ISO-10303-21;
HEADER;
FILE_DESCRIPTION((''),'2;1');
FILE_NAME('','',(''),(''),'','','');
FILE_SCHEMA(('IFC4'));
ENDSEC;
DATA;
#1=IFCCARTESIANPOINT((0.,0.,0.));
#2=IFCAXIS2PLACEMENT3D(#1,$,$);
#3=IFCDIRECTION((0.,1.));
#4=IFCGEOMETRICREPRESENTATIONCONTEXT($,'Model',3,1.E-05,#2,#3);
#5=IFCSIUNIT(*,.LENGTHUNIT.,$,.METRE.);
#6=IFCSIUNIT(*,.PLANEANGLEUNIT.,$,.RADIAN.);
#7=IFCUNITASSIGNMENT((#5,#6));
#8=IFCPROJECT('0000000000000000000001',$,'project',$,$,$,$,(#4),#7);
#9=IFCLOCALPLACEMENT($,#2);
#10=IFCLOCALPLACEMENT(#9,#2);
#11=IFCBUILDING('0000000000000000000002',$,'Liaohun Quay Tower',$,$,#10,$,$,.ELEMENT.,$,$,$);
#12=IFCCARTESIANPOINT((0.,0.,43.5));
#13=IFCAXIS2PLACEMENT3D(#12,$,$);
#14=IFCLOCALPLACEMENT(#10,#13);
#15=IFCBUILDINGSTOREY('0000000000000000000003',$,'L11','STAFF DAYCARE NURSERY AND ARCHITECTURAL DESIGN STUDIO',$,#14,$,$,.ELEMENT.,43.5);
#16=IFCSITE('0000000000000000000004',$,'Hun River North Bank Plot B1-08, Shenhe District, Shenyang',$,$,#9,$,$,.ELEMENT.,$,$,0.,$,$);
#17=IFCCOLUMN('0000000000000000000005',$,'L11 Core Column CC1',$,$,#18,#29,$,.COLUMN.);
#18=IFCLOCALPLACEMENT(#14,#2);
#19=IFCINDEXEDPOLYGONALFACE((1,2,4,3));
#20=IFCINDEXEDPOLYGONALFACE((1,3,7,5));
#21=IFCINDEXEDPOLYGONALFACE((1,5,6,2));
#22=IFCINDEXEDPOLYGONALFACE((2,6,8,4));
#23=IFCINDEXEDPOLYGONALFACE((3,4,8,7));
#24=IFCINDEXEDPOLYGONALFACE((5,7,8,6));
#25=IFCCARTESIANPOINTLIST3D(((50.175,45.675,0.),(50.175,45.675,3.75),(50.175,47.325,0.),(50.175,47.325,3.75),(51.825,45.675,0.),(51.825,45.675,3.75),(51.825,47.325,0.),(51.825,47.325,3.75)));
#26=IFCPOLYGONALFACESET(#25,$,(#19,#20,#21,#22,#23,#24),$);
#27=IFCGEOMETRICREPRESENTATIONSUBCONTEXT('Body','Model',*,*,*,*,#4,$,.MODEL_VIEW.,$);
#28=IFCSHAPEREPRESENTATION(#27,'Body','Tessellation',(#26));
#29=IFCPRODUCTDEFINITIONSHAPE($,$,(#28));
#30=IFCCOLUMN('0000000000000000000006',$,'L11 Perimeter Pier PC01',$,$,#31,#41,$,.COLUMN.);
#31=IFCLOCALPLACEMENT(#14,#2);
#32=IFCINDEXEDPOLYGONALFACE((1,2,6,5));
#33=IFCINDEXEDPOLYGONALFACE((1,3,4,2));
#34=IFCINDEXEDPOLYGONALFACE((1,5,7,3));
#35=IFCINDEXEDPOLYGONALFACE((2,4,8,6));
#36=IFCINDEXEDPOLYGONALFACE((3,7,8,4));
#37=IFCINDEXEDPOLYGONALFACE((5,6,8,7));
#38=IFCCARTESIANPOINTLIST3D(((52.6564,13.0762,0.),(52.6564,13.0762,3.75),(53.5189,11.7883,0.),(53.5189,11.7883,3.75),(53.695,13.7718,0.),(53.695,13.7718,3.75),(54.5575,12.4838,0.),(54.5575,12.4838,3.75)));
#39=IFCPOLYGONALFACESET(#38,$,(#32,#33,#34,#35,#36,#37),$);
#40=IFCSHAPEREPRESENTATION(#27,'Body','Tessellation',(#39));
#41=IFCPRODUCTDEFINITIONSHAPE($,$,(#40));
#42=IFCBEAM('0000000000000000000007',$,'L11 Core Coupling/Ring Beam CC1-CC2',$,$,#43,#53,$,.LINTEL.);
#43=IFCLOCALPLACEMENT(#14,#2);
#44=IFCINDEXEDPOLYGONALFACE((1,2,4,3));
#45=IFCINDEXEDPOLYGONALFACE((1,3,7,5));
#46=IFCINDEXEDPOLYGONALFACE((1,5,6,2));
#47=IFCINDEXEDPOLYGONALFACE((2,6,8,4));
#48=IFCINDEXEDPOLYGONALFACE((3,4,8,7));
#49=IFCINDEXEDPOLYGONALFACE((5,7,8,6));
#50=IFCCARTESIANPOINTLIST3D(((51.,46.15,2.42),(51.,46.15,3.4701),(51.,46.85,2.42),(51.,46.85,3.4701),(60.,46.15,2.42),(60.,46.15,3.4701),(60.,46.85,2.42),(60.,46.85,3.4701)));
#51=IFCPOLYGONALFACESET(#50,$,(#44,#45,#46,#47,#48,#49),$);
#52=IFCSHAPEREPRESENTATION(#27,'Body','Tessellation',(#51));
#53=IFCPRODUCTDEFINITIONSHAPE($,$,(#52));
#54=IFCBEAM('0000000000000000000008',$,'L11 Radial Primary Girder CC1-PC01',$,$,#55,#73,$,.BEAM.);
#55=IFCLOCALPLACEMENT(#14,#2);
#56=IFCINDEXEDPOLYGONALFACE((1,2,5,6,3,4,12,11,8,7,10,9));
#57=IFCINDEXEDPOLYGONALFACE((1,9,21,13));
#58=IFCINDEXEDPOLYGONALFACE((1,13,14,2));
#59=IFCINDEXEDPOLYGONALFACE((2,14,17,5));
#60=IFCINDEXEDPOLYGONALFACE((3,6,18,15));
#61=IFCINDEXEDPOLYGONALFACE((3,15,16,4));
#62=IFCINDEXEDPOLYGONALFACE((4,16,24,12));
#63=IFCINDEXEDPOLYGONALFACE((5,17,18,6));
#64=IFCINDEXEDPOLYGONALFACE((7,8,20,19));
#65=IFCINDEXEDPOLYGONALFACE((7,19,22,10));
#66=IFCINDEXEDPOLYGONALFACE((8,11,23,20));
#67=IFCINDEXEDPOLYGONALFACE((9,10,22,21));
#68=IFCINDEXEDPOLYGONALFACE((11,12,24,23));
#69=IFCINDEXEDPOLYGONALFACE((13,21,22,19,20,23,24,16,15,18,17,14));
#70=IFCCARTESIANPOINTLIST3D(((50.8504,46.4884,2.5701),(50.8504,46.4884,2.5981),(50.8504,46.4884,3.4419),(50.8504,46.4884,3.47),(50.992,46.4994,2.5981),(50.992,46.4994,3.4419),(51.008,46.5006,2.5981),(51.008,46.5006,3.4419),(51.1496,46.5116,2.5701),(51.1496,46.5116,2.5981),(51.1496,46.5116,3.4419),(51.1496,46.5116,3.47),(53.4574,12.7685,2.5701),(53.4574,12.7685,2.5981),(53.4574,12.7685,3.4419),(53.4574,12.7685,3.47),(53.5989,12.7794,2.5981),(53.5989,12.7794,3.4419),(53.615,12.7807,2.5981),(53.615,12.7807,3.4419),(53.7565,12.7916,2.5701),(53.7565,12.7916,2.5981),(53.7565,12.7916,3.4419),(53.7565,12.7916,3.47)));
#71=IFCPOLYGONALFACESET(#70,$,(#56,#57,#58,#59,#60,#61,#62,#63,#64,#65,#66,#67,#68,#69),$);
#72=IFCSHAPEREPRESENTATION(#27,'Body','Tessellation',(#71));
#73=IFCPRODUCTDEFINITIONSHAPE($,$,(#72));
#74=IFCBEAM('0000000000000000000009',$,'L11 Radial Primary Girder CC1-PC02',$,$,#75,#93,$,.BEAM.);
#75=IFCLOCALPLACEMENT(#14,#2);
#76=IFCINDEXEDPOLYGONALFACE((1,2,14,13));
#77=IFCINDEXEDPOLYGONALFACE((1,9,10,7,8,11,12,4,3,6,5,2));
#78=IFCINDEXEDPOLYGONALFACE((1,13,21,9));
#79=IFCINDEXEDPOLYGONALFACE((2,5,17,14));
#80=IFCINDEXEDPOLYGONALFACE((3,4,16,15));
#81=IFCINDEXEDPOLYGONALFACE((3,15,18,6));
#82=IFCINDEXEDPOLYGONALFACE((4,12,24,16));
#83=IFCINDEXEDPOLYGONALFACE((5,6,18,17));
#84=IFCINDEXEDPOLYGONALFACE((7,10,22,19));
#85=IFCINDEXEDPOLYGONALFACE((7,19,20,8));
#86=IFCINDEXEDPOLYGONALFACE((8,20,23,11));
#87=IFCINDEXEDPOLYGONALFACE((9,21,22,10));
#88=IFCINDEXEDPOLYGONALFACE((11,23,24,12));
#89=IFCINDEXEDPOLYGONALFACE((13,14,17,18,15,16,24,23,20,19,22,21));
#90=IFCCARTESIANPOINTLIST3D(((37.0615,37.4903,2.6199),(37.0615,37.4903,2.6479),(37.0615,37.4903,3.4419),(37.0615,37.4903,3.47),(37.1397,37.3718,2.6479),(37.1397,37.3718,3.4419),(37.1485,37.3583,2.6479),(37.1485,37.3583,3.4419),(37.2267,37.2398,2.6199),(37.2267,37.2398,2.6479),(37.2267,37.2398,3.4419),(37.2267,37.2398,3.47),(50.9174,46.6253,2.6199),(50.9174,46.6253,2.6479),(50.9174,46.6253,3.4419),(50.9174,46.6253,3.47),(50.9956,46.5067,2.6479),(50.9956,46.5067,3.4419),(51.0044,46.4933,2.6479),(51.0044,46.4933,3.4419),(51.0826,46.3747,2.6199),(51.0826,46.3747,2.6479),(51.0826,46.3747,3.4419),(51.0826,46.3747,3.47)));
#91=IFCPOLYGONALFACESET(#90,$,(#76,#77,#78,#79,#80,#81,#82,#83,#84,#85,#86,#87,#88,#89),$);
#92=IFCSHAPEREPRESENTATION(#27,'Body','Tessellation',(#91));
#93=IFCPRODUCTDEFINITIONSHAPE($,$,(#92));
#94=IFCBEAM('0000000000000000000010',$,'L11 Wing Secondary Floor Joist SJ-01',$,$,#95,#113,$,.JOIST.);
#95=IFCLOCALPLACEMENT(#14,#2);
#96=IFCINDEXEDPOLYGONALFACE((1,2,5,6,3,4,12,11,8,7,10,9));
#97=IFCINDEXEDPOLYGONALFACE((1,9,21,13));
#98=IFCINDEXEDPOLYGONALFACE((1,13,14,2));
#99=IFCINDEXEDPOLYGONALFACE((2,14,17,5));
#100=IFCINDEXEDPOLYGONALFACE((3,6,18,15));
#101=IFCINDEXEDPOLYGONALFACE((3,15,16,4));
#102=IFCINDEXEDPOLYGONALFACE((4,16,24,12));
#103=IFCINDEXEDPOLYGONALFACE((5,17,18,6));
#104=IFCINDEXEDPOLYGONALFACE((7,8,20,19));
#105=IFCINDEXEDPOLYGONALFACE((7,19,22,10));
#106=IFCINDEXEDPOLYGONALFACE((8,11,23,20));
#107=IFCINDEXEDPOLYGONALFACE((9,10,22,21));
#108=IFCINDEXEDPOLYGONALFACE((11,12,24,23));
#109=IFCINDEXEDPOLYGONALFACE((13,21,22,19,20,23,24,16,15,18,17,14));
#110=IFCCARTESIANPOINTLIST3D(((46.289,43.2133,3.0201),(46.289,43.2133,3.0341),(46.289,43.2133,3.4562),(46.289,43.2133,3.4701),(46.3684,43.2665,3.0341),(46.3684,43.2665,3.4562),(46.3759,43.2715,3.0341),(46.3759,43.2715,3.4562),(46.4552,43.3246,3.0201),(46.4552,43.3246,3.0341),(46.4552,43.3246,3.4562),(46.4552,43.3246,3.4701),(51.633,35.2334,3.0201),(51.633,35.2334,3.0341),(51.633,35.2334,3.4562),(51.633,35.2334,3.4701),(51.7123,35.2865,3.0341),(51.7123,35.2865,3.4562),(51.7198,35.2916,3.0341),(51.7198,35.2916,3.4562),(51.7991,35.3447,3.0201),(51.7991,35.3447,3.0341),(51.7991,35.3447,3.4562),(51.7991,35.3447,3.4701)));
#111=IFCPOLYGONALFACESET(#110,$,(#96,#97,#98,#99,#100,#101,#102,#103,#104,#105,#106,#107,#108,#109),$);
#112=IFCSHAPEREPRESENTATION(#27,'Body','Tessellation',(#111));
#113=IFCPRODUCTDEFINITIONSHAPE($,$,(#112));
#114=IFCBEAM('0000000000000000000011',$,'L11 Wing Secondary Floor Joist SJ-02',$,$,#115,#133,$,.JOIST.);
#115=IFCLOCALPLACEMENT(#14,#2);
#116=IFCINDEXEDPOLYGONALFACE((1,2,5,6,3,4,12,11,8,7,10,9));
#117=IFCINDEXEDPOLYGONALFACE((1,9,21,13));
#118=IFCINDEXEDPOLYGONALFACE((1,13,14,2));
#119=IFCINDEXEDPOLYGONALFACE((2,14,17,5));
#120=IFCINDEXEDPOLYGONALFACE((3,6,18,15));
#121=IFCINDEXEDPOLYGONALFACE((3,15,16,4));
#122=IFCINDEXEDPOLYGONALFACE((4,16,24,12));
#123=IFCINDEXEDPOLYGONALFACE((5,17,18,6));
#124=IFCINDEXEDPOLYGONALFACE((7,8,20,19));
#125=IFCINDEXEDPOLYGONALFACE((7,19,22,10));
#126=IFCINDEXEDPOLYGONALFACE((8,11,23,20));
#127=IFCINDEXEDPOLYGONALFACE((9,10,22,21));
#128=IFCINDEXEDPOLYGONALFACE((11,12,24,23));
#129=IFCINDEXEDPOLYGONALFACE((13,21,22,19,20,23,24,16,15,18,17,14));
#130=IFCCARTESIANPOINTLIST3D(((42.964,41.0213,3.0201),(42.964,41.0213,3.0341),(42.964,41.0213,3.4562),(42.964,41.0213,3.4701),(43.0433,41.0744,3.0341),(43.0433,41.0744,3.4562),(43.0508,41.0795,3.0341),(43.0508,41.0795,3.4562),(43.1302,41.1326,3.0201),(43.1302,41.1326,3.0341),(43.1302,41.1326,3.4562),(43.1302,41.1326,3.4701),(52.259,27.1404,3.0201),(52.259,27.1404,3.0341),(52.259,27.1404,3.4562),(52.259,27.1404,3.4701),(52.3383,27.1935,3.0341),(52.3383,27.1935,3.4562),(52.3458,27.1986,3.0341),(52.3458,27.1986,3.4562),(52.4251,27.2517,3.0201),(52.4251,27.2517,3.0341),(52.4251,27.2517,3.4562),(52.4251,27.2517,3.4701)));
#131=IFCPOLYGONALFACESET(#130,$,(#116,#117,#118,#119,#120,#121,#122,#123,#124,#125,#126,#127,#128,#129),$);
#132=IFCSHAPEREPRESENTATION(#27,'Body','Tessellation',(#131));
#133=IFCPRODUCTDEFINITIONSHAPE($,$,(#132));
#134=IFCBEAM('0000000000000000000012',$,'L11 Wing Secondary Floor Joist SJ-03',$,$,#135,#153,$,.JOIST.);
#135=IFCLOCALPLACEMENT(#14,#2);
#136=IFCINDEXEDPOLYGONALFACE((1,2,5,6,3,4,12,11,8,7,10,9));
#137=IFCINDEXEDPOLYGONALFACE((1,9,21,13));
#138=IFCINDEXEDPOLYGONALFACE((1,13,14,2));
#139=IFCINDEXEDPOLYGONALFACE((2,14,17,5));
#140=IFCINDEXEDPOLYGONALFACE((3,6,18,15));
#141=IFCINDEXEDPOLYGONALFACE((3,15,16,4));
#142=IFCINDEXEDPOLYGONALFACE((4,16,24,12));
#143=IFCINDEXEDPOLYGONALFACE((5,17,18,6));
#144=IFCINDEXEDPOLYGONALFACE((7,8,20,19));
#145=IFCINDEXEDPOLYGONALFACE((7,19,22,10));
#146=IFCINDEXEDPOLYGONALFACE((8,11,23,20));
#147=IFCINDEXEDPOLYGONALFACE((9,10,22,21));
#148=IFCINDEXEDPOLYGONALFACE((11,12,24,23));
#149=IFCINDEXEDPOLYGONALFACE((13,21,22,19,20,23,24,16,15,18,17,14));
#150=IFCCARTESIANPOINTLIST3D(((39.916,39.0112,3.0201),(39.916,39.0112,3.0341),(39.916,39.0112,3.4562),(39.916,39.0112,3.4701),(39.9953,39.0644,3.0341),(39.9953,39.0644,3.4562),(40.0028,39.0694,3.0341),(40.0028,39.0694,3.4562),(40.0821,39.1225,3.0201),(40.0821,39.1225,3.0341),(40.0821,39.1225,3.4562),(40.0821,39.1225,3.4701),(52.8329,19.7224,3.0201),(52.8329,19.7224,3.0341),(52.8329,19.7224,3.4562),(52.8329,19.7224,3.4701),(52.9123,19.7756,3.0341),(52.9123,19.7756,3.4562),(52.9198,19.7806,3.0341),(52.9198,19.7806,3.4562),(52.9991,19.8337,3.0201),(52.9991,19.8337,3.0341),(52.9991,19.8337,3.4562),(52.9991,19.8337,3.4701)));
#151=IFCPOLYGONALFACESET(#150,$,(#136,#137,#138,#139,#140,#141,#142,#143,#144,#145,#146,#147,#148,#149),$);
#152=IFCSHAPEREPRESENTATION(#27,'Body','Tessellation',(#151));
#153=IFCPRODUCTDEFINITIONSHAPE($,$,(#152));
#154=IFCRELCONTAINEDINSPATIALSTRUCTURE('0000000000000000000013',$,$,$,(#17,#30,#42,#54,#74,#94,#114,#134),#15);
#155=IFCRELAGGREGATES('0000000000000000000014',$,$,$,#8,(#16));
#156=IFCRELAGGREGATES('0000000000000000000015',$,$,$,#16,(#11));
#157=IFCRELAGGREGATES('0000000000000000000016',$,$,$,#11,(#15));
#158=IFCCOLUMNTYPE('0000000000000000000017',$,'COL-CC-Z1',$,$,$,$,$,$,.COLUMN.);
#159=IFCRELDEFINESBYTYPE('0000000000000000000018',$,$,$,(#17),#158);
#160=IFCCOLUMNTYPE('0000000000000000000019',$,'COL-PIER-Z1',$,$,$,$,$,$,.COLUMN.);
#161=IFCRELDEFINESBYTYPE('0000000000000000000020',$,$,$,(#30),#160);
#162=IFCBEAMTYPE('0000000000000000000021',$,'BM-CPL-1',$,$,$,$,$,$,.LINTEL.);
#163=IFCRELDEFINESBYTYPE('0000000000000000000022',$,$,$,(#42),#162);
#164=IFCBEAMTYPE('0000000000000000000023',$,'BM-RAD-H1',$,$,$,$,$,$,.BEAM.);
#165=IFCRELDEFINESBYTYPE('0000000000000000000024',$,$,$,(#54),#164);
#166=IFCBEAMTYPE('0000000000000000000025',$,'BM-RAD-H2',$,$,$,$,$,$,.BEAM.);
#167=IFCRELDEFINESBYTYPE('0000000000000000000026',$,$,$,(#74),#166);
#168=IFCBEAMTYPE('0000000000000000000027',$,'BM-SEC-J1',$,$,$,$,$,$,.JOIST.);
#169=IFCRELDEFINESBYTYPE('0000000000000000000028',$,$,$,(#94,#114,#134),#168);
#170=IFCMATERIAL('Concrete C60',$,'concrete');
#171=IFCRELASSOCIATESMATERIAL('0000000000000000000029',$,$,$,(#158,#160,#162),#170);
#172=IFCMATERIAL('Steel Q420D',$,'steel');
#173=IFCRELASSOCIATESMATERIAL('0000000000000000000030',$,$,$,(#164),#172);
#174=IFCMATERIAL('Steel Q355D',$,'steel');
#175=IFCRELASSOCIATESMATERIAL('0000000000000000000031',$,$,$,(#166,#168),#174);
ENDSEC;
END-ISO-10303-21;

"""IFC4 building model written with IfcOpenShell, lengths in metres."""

from ifc_helpers import new_model, si_unit, direction, frame, origin, origin_2d, place, context, subcontext, project, spatial, rectangle, i_section, extrude, source, transform, mapped, material, material_profile, profile_set, type_object, element, save


model = new_model("IFC4")

# Units and contexts
model_context = context("Model", 3, precision=1e-05, world=origin(), true_north=direction((0.0, 1.0)))
body_context = subcontext(model_context, "Body", "Model", "MODEL_VIEW")
ifc_project = project(units=[si_unit("LENGTHUNIT", "METRE"), si_unit("PLANEANGLEUNIT", "RADIAN")], contexts=[model_context])

# Site, building, storey
site_placement = place(None, origin())
site = spatial("IfcSite", under=ifc_project, at=site_placement, Name="Hun River North Bank Plot B1-08, Shenhe District, Shenyang", CompositionType="ELEMENT", RefElevation=0.0)
building_placement = place(site_placement, origin())
building = spatial("IfcBuilding", under=site, at=building_placement, Name="Liaohun Quay Tower", CompositionType="ELEMENT")
storey_placement = place(building_placement, frame((0.0, 0.0, 43.5)))
storey = spatial("IfcBuildingStorey", under=building, at=storey_placement, Name="L11", Description="STAFF DAYCARE NURSERY AND ARCHITECTURAL DESIGN STUDIO", CompositionType="ELEMENT", Elevation=43.5)

# Columns
ifc_material_1 = material(Name="Concrete C60", Category="concrete")
ifc_material_profile_1 = material_profile(ifc_material_1, rectangle(XDim=1.6499, YDim=1.6499, at=origin_2d()), Name="RC1650x1650")
ifc_profile_set_1 = profile_set([ifc_material_profile_1], Name="Concrete C60")
column_type_1 = type_object("IfcColumnType", Name="COL-CC-Z1", PredefinedType="COLUMN", material=ifc_profile_set_1)
shared_shape_1 = source(origin(), body_context, "Body", "SweptSolid", [
    extrude(rectangle(XDim=1.6499, YDim=1.6499, at=origin_2d()), origin(), (0.0, 0.0, 1.0), 3.75),
])
column_1_placement = place(storey_placement, frame((51.0, 46.5, 0.0), z_axis=(0.0, 0.0, 1.0), x_axis=(1.0, 0.0, 0.0)))
element("IfcColumn", 1, at=column_1_placement, inside=storey, type_object=column_type_1, Name="L11 Core Column CC1", PredefinedType="COLUMN", context=body_context, shape_type="MappedRepresentation", body=[
    mapped(shared_shape_1, transform((0.0, 0.0, 0.0), x_axis=(1.0, 0.0, 0.0), y_axis=(0.0, 1.0, 0.0), z_axis=(0.0, 0.0, 1.0), scale=1.0)),
])
ifc_material_profile_2 = material_profile(ifc_material_1, rectangle(XDim=1.55, YDim=1.25, at=origin_2d()), Name="RC1550x1250")
ifc_profile_set_2 = profile_set([ifc_material_profile_2], Name="Concrete C60")
column_type_2 = type_object("IfcColumnType", Name="COL-PIER-Z1", PredefinedType="COLUMN", material=ifc_profile_set_2)
shared_shape_2 = source(origin(), body_context, "Body", "SweptSolid", [
    extrude(rectangle(XDim=1.55, YDim=1.25, at=origin_2d()), origin(), (0.0, 0.0, 1.0), 3.75),
])
column_2_placement = place(storey_placement, frame((53.6069, 12.78, 0.0), z_axis=(0.0, 0.0, 1.0), x_axis=(-0.556441, 0.830887, 0.0)))
element("IfcColumn", 2, at=column_2_placement, inside=storey, type_object=column_type_2, Name="L11 Perimeter Pier PC01", PredefinedType="COLUMN", context=body_context, shape_type="MappedRepresentation", body=[
    mapped(shared_shape_2, transform((0.0, 0.0, 0.0), x_axis=(1.0, 0.0, 0.0), y_axis=(0.0, 1.0, 0.0), z_axis=(0.0, 0.0, 1.0), scale=1.0)),
])

# Beams
ifc_material_profile_3 = material_profile(ifc_material_1, rectangle(XDim=0.7, YDim=1.05, at=origin_2d()), Name="RC700x1050")
ifc_profile_set_3 = profile_set([ifc_material_profile_3], Name="Concrete C60")
beam_type_1 = type_object("IfcBeamType", Name="BM-CPL-1", PredefinedType="LINTEL", material=ifc_profile_set_3)
shared_shape_3 = source(origin(), body_context, "Body", "SweptSolid", [
    extrude(rectangle(XDim=0.7, YDim=1.05, at=origin_2d()), origin(), (0.0, 0.0, 1.0), 9.0),
])
beam_1_placement = place(storey_placement, frame((51.0, 46.5, 2.9451), z_axis=(1.0, 0.0, 0.0), x_axis=(0.0, 1.0, 0.0)))
element("IfcBeam", 3, at=beam_1_placement, inside=storey, type_object=beam_type_1, Name="L11 Core Coupling/Ring Beam CC1-CC2", PredefinedType="LINTEL", context=body_context, shape_type="MappedRepresentation", body=[
    mapped(shared_shape_3, transform((0.0, 0.0, 0.0), x_axis=(1.0, 0.0, 0.0), y_axis=(0.0, 1.0, 0.0), z_axis=(0.0, 0.0, 1.0), scale=1.0)),
])
ifc_material_2 = material(Name="Steel Q420D", Category="steel")
ifc_material_profile_4 = material_profile(ifc_material_2, i_section(OverallWidth=0.3, OverallDepth=0.8999, WebThickness=0.0161, FlangeThickness=0.0281, at=origin_2d()), Name="HN900x300x16x28")
ifc_profile_set_4 = profile_set([ifc_material_profile_4], Name="Steel Q420D")
beam_type_2 = type_object("IfcBeamType", Name="BM-RAD-H1", PredefinedType="BEAM", material=ifc_profile_set_4)
shared_shape_4 = source(origin(), body_context, "Body", "SweptSolid", [
    extrude(i_section(OverallWidth=0.3, OverallDepth=0.8999, WebThickness=0.0161, FlangeThickness=0.0281, at=origin_2d()), origin(), (0.0, 0.0, 1.0), 33.8206),
])
beam_2_placement = place(storey_placement, frame((51.0, 46.5, 3.02), z_axis=(0.077081, -0.997025, 0.0), x_axis=(0.997025, 0.077081, 0.0)))
element("IfcBeam", 4, at=beam_2_placement, inside=storey, type_object=beam_type_2, Name="L11 Radial Primary Girder CC1-PC01", PredefinedType="BEAM", context=body_context, shape_type="MappedRepresentation", body=[
    mapped(shared_shape_4, transform((0.0, 0.0, 0.0), x_axis=(1.0, 0.0, 0.0), y_axis=(0.0, 1.0, 0.0), z_axis=(0.0, 0.0, 1.0), scale=1.0)),
])
ifc_material_3 = material(Name="Steel Q355D", Category="steel")
ifc_material_profile_5 = material_profile(ifc_material_3, i_section(OverallWidth=0.3, OverallDepth=0.8501, WebThickness=0.0161, FlangeThickness=0.0281, at=origin_2d()), Name="HN850x300x16x28")
ifc_profile_set_5 = profile_set([ifc_material_profile_5], Name="Steel Q355D")
beam_type_3 = type_object("IfcBeamType", Name="BM-RAD-H2", PredefinedType="BEAM", material=ifc_profile_set_5)
shared_shape_5 = source(origin(), body_context, "Body", "SweptSolid", [
    extrude(i_section(OverallWidth=0.3, OverallDepth=0.8501, WebThickness=0.0161, FlangeThickness=0.0281, at=origin_2d()), origin(), (0.0, 0.0, 1.0), 16.5962),
])
beam_3_placement = place(storey_placement, frame((51.0, 46.5, 3.0449), z_axis=(-0.834884, -0.550426, 0.0), x_axis=(0.550426, -0.834884, 0.0)))
element("IfcBeam", 5, at=beam_3_placement, inside=storey, type_object=beam_type_3, Name="L11 Radial Primary Girder CC1-PC02", PredefinedType="BEAM", context=body_context, shape_type="MappedRepresentation", body=[
    mapped(shared_shape_5, transform((0.0, 0.0, 0.0), x_axis=(1.0, 0.0, 0.0), y_axis=(0.0, 1.0, 0.0), z_axis=(0.0, 0.0, 1.0), scale=1.0)),
])
ifc_material_profile_6 = material_profile(ifc_material_3, i_section(OverallWidth=0.2, OverallDepth=0.45, WebThickness=0.009, FlangeThickness=0.0139, at=origin_2d()), Name="HN450x200x9x14")
ifc_profile_set_6 = profile_set([ifc_material_profile_6], Name="Steel Q355D")
beam_type_4 = type_object("IfcBeamType", Name="BM-SEC-J1", PredefinedType="JOIST", material=ifc_profile_set_6)
shared_shape_6 = source(origin(), body_context, "Body", "SweptSolid", [
    extrude(i_section(OverallWidth=0.2, OverallDepth=0.45, WebThickness=0.009, FlangeThickness=0.0139, at=origin_2d()), origin(), (0.0, 0.0, 1.0), 9.604),
])
beam_4_placement = place(storey_placement, frame((51.7161, 35.2891, 3.2451), z_axis=(-0.55643, 0.830895, 0.0), x_axis=(-0.830895, -0.55643, 0.0)))
element("IfcBeam", 6, at=beam_4_placement, inside=storey, type_object=beam_type_4, Name="L11 Wing Secondary Floor Joist SJ-01", PredefinedType="JOIST", context=body_context, shape_type="MappedRepresentation", body=[
    mapped(shared_shape_6, transform((0.0, 0.0, 0.0), x_axis=(1.0, 0.0, 0.0), y_axis=(0.0, 1.0, 0.0), z_axis=(0.0, 0.0, 1.0), scale=1.0)),
])
shared_shape_7 = source(origin(), body_context, "Body", "SweptSolid", [
    extrude(i_section(OverallWidth=0.2, OverallDepth=0.45, WebThickness=0.009, FlangeThickness=0.0139, at=origin_2d()), origin(), (0.0, 0.0, 1.0), 16.7056),
])
beam_5_placement = place(storey_placement, frame((52.342, 27.196, 3.2451), z_axis=(-0.556399, 0.830915, 0.0), x_axis=(-0.830915, -0.556399, 0.0)))
element("IfcBeam", 7, at=beam_5_placement, inside=storey, type_object=beam_type_4, Name="L11 Wing Secondary Floor Joist SJ-02", PredefinedType="JOIST", context=body_context, shape_type="MappedRepresentation", body=[
    mapped(shared_shape_7, transform((0.0, 0.0, 0.0), x_axis=(1.0, 0.0, 0.0), y_axis=(0.0, 1.0, 0.0), z_axis=(0.0, 0.0, 1.0), scale=1.0)),
])
shared_shape_8 = source(origin(), body_context, "Body", "SweptSolid", [
    extrude(i_section(OverallWidth=0.2, OverallDepth=0.45, WebThickness=0.009, FlangeThickness=0.0139, at=origin_2d()), origin(), (0.0, 0.0, 1.0), 23.2144),
])
beam_6_placement = place(storey_placement, frame((52.916, 19.7781, 3.2451), z_axis=(-0.556422, 0.8309, 0.0), x_axis=(-0.8309, -0.556422, 0.0)))
element("IfcBeam", 8, at=beam_6_placement, inside=storey, type_object=beam_type_4, Name="L11 Wing Secondary Floor Joist SJ-03", PredefinedType="JOIST", context=body_context, shape_type="MappedRepresentation", body=[
    mapped(shared_shape_8, transform((0.0, 0.0, 0.0), x_axis=(1.0, 0.0, 0.0), y_axis=(0.0, 1.0, 0.0), z_axis=(0.0, 0.0, 1.0), scale=1.0)),
])

save(model, "model.ifc")
